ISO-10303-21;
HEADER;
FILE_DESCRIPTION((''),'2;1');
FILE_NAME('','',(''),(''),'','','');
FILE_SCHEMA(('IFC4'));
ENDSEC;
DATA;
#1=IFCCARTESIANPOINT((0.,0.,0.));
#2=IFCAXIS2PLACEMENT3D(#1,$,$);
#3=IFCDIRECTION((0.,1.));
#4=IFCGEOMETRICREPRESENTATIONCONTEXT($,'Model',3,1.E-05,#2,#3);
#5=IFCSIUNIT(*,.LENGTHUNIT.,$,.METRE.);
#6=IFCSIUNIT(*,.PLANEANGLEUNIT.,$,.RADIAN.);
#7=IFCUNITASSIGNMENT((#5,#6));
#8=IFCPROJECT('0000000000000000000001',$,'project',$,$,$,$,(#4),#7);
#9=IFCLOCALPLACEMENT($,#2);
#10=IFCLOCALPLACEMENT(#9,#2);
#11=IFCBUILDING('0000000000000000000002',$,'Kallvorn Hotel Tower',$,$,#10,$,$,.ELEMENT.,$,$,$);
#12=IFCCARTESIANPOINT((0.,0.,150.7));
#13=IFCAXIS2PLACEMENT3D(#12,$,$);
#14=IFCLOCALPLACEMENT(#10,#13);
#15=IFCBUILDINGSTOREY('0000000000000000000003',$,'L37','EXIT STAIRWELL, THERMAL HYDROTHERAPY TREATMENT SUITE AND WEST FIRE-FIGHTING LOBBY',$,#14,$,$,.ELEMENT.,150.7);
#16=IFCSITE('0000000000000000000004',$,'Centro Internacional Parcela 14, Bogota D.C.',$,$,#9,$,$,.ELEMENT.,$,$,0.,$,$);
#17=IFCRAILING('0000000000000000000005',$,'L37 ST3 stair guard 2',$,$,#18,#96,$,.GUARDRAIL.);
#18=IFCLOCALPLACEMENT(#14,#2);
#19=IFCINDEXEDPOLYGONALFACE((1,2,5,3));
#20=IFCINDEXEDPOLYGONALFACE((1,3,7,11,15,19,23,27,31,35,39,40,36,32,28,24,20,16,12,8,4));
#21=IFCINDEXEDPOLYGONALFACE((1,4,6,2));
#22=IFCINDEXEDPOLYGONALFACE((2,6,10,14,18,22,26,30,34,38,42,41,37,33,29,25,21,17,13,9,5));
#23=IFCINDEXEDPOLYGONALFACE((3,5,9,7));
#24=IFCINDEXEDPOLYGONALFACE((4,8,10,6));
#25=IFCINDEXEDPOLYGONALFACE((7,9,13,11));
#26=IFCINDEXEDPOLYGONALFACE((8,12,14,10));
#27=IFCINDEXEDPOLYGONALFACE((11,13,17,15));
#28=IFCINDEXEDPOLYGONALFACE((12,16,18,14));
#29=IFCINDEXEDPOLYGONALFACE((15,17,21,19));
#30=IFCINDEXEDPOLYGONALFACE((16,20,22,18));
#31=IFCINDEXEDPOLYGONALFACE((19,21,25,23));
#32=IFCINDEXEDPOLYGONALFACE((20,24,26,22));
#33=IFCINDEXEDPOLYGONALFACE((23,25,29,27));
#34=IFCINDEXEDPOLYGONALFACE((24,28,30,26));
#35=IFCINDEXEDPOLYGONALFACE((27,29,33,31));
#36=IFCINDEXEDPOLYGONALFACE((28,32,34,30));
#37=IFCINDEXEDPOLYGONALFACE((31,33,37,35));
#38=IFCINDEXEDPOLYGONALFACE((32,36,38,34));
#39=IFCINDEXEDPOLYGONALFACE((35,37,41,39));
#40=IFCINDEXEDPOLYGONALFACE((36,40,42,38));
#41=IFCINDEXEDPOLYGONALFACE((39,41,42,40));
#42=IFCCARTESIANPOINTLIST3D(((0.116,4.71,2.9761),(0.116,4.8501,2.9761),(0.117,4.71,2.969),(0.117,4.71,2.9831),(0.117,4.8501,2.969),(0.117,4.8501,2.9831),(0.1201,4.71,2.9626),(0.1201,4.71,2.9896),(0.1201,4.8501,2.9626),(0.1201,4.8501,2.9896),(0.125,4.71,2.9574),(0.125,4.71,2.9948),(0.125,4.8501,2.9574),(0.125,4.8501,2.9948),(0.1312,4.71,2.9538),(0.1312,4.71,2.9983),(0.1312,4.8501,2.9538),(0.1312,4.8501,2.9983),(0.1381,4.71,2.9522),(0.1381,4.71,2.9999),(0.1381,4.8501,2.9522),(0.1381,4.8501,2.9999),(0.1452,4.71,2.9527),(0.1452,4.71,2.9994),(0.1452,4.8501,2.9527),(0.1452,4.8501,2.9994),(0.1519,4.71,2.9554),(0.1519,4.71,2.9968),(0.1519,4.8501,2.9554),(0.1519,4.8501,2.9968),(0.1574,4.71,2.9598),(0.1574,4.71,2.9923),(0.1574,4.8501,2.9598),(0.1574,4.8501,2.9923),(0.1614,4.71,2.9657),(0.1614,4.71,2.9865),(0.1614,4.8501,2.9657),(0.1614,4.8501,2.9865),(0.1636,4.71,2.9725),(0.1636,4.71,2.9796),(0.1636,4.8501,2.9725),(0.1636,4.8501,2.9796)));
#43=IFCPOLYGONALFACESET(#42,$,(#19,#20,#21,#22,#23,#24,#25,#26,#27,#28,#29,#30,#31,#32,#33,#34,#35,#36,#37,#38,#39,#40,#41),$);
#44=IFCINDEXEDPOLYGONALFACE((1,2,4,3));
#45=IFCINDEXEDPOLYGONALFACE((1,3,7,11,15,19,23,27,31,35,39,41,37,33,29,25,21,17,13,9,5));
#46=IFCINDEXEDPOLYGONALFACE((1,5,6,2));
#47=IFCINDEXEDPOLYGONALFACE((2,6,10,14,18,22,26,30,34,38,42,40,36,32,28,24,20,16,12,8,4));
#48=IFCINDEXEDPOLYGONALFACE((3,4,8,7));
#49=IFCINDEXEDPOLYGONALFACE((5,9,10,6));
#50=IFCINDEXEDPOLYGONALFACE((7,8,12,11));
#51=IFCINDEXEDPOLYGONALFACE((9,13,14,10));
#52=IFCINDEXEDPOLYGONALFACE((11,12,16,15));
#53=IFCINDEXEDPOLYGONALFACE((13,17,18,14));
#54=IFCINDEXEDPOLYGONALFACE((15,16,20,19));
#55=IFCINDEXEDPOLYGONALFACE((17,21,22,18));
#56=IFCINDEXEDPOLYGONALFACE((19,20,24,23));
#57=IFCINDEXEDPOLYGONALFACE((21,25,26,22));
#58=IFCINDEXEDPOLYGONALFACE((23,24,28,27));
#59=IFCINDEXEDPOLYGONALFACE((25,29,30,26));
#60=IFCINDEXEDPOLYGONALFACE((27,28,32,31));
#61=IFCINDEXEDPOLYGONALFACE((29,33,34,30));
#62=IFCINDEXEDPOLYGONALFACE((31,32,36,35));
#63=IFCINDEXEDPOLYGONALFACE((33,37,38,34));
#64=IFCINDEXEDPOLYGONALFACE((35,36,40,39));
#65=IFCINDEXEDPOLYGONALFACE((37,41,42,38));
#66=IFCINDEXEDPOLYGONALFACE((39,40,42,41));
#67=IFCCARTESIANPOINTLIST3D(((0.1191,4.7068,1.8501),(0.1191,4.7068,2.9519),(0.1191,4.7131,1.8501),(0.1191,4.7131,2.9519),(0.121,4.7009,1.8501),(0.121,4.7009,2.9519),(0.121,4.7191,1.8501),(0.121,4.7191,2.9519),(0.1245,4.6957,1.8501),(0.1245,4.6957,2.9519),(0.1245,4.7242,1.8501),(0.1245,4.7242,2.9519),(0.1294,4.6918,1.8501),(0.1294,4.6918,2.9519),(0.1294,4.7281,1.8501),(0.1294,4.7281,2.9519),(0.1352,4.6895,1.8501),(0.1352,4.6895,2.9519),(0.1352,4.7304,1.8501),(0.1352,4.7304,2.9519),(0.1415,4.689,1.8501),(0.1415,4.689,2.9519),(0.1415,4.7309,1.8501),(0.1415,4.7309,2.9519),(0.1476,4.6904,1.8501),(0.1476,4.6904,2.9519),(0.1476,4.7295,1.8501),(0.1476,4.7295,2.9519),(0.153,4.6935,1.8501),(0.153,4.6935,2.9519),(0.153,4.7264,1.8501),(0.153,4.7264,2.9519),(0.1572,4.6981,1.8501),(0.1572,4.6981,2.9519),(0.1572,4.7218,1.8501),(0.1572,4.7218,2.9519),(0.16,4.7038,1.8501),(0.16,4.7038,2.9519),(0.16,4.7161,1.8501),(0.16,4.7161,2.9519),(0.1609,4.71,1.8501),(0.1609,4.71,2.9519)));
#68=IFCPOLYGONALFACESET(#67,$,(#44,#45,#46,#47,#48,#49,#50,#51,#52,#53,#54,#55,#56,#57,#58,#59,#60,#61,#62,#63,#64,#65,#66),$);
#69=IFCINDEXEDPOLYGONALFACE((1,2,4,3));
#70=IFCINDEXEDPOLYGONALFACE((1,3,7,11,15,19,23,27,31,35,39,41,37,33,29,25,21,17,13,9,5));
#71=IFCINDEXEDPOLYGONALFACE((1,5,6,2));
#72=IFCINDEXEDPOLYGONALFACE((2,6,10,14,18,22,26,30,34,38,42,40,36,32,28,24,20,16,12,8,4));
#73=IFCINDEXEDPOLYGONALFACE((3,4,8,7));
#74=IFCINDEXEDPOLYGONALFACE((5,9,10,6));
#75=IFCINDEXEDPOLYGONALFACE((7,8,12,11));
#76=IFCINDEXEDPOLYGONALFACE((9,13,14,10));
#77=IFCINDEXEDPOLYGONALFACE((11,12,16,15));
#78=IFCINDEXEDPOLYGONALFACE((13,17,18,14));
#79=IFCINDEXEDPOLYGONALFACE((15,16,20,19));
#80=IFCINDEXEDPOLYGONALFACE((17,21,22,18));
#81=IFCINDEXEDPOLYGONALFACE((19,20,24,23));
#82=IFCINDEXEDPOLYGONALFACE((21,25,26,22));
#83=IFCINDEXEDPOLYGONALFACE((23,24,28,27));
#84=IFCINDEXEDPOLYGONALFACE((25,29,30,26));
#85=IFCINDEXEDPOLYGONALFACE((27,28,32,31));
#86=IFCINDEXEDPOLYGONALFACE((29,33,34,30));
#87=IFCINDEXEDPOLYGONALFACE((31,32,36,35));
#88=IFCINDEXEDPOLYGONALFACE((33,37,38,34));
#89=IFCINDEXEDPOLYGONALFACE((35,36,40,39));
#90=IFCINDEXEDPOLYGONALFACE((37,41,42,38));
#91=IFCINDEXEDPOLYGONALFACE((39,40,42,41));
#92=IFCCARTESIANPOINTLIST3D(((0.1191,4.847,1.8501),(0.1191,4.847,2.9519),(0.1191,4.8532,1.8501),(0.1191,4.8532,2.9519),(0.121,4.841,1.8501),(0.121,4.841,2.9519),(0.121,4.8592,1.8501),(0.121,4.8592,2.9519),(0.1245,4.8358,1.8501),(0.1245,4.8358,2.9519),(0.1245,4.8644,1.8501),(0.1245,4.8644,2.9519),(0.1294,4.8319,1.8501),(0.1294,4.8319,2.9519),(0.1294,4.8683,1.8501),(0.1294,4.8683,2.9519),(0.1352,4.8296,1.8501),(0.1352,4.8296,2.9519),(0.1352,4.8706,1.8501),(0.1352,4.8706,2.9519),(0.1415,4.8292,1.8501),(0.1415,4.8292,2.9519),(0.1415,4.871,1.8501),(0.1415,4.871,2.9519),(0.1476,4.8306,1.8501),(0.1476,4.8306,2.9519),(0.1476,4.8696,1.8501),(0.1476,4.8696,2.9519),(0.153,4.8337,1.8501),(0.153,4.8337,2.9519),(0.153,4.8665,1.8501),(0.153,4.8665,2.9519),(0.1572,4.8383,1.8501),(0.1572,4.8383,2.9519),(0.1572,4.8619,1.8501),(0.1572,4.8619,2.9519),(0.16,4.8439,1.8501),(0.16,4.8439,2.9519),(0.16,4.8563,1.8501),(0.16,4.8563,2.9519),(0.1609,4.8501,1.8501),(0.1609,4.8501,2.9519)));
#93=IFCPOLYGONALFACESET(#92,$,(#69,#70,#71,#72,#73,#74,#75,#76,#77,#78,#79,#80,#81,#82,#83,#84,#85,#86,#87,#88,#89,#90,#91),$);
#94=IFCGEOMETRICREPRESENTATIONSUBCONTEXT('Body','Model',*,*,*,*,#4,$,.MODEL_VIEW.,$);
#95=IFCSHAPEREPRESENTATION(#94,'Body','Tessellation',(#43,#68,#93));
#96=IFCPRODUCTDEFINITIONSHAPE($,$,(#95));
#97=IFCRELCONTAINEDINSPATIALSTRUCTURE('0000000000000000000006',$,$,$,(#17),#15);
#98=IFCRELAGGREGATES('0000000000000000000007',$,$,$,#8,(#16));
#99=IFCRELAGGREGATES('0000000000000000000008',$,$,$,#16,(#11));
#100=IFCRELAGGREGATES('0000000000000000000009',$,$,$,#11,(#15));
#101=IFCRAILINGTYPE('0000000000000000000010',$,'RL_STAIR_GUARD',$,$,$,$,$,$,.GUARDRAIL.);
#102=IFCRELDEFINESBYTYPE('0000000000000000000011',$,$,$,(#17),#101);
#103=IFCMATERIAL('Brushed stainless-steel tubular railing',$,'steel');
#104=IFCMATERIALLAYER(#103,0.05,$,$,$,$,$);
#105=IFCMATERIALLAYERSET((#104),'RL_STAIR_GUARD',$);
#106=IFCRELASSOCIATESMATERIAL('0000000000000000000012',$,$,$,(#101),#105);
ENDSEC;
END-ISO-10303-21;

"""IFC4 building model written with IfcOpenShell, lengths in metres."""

from ifc_helpers import new_model, si_unit, direction, frame, origin, origin_2d, place, context, subcontext, project, spatial, circle, extrude, material, layer, layer_set, type_object, element, save


model = new_model("IFC4")

# Units and contexts
model_context = context("Model", 3, precision=1e-05, world=origin(), true_north=direction((0.0, 1.0)))
body_context = subcontext(model_context, "Body", "Model", "MODEL_VIEW")
ifc_project = project(units=[si_unit("LENGTHUNIT", "METRE"), si_unit("PLANEANGLEUNIT", "RADIAN")], contexts=[model_context])

# Site, building, storey
site_placement = place(None, origin())
site = spatial("IfcSite", under=ifc_project, at=site_placement, Name="Centro Internacional Parcela 14, Bogota D.C.", CompositionType="ELEMENT", RefElevation=0.0)
building_placement = place(site_placement, origin())
building = spatial("IfcBuilding", under=site, at=building_placement, Name="Kallvorn Hotel Tower", CompositionType="ELEMENT")
storey_placement = place(building_placement, frame((0.0, 0.0, 150.7)))
storey = spatial("IfcBuildingStorey", under=building, at=storey_placement, Name="L37", Description="EXIT STAIRWELL, THERMAL HYDROTHERAPY TREATMENT SUITE AND WEST FIRE-FIGHTING LOBBY", CompositionType="ELEMENT", Elevation=150.7)

# Railing
ifc_material_1 = material(Name="Brushed stainless-steel tubular railing", Category="steel")
ifc_layer_1 = layer(ifc_material_1, 0.05)
ifc_layer_set_1 = layer_set([ifc_layer_1], Name="RL_STAIR_GUARD")
railing_type_1 = type_object("IfcRailingType", Name="RL_STAIR_GUARD", PredefinedType="GUARDRAIL", material=ifc_layer_set_1)
railing_1_placement = place(storey_placement, frame((0.1399, 4.71, 1.8501)))
element("IfcRailing", 1, at=railing_1_placement, inside=storey, type_object=railing_type_1, Name="L37 ST3 stair guard 2", PredefinedType="GUARDRAIL", context=body_context, shape_type="SweptSolid", body=[
    extrude(circle(Radius=0.0239, at=origin_2d()), frame((0.0, 0.0, 1.126), z_axis=(0.0, 1.0, 0.0), x_axis=(-1.0, 0.0, 0.0)), (0.0, 0.0, 1.0), 0.1401),
    extrude(circle(Radius=0.021, at=origin_2d()), origin(), (0.0, 0.0, 1.0), 1.1018),
    extrude(circle(Radius=0.021, at=origin_2d()), frame((0.0, 0.1401, 0.0)), (0.0, 0.0, 1.0), 1.1018),
])

save(model, "model.ifc")
